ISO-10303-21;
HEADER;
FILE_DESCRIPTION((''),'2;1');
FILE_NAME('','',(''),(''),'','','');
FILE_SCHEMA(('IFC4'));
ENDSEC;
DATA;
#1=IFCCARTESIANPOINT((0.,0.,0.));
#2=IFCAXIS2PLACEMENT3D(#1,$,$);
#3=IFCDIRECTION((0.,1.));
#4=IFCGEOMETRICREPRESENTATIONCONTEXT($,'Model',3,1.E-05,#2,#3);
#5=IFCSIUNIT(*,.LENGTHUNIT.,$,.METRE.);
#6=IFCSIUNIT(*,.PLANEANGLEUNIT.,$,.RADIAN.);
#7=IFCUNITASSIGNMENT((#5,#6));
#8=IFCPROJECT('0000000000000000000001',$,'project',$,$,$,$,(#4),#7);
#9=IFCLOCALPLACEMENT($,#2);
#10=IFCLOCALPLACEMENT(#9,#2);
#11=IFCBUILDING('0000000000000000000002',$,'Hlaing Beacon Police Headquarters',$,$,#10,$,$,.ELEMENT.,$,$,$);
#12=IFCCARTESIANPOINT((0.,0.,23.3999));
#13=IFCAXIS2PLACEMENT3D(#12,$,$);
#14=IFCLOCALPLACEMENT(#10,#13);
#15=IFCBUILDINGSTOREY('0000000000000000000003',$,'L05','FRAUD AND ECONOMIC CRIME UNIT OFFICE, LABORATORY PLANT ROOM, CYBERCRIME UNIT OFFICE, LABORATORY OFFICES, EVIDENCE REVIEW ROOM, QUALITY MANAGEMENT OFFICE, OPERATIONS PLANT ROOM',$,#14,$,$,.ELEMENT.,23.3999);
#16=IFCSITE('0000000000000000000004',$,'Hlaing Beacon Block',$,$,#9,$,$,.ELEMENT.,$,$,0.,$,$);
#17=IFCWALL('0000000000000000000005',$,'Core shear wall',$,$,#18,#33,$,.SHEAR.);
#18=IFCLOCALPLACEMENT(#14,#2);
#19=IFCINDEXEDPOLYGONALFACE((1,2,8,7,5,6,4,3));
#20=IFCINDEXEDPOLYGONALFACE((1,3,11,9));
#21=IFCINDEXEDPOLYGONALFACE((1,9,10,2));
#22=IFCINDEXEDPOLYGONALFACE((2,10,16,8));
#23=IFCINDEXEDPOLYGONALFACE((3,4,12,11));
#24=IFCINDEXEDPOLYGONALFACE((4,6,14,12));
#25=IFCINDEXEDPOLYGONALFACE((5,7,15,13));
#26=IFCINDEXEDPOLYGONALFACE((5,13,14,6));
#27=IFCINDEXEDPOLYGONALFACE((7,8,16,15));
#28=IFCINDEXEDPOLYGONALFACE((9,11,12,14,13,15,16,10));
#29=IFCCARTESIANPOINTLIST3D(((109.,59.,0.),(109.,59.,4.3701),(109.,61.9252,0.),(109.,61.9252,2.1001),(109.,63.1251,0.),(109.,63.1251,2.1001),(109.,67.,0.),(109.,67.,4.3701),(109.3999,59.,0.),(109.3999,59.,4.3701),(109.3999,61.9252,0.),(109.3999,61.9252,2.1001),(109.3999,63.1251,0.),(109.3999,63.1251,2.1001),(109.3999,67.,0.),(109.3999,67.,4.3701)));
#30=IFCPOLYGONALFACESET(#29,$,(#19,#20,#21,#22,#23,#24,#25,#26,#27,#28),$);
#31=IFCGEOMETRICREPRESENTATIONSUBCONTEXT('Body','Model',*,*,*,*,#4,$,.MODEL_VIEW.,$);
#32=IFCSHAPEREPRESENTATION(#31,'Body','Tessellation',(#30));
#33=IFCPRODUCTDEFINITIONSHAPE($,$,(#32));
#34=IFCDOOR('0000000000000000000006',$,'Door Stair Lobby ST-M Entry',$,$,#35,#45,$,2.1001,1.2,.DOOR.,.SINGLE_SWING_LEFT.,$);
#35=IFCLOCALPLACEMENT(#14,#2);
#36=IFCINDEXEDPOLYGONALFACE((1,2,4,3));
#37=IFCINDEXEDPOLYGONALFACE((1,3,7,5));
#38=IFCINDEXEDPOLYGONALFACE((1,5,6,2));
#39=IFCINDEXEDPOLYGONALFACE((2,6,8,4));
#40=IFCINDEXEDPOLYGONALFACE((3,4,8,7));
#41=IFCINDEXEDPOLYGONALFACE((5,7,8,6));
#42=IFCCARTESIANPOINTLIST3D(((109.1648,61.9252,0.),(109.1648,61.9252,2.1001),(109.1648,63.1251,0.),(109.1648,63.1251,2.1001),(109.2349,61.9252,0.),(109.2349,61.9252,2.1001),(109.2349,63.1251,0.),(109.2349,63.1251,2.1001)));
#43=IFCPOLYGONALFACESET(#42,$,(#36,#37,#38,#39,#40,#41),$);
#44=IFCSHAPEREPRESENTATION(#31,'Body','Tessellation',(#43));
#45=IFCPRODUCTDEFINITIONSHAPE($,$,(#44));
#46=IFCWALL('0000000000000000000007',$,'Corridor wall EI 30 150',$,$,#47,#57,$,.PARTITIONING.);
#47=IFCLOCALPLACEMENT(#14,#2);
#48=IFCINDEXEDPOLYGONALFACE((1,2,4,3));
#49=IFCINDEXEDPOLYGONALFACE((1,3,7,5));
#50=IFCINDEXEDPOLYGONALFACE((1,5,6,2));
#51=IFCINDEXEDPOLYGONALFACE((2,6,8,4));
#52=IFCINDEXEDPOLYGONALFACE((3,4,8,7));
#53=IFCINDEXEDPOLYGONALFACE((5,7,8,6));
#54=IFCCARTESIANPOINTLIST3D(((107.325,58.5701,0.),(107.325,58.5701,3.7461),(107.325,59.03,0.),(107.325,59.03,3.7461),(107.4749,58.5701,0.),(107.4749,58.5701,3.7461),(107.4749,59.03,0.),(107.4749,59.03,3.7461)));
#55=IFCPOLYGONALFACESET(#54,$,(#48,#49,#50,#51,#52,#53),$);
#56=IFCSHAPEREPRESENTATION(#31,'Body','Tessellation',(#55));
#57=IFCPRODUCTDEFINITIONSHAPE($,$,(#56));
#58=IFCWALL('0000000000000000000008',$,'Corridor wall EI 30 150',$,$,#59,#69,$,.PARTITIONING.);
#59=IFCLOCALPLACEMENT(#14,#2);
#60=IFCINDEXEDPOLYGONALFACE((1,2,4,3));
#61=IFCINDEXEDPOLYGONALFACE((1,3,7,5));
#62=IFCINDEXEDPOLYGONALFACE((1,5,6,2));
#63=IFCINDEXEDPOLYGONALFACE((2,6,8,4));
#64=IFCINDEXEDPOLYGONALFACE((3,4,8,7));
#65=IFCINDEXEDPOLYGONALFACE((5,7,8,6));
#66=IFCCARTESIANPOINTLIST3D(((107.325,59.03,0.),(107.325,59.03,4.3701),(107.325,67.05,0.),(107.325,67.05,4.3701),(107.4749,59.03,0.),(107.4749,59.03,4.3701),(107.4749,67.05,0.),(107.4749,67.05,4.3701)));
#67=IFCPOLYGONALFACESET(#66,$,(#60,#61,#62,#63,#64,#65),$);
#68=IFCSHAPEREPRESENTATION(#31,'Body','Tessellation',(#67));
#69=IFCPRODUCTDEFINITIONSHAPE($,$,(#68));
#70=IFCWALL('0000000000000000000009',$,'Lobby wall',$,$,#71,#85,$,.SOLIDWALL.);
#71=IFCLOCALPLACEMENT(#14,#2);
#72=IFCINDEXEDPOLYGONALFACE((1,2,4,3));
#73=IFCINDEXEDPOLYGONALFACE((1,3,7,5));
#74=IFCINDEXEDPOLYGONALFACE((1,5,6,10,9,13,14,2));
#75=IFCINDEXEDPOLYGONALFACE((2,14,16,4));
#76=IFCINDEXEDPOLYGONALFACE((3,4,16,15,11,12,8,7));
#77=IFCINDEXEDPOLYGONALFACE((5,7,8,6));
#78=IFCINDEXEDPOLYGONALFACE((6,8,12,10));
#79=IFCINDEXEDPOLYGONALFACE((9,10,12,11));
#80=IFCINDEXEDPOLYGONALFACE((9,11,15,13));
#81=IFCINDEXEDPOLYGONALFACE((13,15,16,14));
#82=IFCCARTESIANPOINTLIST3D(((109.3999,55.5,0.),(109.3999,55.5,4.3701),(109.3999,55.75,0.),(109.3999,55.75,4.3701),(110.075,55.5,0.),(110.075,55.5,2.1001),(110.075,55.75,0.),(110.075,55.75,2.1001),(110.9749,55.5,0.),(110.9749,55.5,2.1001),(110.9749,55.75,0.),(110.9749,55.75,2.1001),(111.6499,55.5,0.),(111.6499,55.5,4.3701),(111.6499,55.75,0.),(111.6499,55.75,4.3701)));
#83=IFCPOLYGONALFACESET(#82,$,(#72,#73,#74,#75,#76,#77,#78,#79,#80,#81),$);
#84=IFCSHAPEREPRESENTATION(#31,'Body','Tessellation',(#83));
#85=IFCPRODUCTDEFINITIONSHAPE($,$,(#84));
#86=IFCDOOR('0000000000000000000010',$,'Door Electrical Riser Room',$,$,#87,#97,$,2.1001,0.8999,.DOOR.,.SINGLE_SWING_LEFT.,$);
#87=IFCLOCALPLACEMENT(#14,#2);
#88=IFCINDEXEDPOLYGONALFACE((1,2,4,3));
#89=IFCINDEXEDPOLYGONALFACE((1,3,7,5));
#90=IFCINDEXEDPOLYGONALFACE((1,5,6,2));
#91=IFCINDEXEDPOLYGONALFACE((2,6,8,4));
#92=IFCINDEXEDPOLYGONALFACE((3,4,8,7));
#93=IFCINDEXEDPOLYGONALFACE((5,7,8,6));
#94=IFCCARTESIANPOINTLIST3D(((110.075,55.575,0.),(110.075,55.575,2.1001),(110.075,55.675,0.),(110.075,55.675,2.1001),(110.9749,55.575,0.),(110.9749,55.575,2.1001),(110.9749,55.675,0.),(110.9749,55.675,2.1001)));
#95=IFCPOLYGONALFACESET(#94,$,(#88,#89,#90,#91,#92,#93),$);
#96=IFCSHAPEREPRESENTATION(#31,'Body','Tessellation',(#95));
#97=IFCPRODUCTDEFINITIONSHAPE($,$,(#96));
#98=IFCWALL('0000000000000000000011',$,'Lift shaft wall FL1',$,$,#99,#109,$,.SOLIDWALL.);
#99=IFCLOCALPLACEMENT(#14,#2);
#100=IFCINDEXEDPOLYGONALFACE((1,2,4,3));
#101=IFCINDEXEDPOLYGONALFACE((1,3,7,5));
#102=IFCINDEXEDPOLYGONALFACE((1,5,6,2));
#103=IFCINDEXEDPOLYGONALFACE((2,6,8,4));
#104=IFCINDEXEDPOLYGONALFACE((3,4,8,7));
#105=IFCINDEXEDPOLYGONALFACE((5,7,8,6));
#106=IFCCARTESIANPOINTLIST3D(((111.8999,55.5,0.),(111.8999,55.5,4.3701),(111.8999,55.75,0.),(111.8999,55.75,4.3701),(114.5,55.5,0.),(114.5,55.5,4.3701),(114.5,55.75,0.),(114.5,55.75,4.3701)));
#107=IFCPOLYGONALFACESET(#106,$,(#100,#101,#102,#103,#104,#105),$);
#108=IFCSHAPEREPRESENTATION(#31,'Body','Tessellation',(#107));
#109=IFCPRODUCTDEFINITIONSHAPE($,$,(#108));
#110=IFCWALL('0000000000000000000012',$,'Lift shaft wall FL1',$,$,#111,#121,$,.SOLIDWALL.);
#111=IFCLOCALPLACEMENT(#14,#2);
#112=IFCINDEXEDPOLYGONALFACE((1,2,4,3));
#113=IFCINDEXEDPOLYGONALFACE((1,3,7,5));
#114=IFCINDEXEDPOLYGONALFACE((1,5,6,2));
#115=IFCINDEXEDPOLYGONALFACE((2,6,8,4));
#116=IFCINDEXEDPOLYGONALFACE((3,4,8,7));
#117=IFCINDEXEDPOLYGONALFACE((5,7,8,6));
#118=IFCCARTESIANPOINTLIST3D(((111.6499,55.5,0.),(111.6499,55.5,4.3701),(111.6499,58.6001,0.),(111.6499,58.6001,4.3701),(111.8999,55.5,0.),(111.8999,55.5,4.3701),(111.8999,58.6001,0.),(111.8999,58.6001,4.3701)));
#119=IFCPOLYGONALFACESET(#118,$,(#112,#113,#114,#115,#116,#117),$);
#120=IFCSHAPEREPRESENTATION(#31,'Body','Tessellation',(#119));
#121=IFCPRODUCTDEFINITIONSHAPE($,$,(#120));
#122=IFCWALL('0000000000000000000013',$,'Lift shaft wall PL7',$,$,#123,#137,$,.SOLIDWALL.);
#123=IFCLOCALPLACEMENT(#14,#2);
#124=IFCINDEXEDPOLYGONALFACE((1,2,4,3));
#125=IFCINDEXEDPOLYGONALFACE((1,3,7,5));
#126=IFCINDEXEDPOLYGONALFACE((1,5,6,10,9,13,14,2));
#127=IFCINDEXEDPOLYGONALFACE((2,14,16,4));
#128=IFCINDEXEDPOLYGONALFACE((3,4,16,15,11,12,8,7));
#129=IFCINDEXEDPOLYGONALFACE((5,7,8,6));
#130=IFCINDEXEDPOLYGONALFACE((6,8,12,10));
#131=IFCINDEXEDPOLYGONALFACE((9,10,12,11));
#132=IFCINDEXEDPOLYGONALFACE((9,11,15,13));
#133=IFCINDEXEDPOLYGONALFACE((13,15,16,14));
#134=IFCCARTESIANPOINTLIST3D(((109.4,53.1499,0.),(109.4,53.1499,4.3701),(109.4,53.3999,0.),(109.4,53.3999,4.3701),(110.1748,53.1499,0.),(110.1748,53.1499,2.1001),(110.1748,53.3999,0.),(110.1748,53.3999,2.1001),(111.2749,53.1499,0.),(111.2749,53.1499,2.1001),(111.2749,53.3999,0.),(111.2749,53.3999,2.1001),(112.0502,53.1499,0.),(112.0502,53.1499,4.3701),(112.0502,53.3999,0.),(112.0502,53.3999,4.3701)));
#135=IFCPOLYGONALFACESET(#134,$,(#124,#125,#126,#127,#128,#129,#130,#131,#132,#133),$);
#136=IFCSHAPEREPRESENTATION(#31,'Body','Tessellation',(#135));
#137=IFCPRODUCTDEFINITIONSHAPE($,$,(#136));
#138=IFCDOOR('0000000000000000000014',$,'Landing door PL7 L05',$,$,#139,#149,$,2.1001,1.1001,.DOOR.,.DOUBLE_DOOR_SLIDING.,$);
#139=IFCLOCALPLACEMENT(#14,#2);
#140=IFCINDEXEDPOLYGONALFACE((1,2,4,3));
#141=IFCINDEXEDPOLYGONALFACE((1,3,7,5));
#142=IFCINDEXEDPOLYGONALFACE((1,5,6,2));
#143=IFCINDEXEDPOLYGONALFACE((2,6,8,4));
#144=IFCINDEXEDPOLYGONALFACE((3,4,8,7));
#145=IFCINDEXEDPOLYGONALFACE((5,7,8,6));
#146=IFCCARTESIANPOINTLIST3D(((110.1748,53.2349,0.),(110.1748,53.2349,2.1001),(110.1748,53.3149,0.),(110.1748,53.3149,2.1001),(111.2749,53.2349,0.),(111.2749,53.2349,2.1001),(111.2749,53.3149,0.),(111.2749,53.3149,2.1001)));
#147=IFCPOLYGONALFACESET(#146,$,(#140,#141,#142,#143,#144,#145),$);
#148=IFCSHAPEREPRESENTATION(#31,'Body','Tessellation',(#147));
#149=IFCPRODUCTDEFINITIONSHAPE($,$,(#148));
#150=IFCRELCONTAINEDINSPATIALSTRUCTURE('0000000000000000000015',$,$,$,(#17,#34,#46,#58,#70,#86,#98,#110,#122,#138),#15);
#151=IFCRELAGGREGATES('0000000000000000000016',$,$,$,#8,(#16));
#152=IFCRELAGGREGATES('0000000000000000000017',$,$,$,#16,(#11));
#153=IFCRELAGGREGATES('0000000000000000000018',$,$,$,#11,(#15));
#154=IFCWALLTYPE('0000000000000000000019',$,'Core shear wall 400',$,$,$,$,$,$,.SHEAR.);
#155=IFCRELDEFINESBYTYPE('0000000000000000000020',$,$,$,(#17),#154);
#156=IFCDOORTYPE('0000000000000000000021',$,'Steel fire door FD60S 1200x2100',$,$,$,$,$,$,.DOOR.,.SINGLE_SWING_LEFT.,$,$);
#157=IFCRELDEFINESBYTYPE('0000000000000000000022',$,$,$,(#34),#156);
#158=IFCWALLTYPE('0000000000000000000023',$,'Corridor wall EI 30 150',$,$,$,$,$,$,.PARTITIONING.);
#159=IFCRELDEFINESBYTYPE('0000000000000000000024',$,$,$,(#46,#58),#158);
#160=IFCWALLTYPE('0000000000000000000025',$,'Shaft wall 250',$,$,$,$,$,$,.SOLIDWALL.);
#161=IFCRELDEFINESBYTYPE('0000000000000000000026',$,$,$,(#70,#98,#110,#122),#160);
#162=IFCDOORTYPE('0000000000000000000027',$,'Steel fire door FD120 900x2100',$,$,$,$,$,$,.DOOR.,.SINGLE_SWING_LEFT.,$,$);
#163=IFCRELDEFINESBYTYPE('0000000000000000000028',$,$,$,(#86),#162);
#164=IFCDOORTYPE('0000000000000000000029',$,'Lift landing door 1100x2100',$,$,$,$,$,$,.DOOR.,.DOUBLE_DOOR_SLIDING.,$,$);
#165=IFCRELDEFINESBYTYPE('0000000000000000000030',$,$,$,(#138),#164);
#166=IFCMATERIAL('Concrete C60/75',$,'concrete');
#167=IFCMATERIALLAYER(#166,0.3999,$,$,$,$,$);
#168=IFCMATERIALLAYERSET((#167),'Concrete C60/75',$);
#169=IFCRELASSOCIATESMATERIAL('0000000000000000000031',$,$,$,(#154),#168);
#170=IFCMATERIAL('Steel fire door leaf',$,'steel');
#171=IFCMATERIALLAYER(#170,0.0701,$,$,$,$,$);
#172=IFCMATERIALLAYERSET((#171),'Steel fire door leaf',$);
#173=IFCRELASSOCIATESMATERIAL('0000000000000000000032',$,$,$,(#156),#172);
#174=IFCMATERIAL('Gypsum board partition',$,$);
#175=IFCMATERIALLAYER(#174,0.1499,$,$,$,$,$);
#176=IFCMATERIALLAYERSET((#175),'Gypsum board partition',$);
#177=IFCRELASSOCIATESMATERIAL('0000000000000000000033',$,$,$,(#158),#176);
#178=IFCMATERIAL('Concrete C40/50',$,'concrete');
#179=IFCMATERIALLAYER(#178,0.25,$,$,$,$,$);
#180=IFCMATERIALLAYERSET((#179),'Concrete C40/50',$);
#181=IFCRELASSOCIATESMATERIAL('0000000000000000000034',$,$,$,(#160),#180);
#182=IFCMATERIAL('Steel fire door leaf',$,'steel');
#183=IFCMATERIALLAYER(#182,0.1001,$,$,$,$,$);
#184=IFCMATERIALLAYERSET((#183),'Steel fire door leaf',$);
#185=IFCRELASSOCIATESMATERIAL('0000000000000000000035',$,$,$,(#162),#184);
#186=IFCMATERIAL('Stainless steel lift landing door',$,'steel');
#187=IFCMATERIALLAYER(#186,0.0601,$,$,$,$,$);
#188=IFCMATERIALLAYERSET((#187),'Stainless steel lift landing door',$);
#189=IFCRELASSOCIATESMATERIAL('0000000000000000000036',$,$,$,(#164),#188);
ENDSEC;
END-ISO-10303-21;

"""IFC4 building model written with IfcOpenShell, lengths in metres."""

from ifc_helpers import new_model, si_unit, direction, frame, frame_2d, origin, place, context, subcontext, project, spatial, rectangle, extrude, material, layer, layer_set, type_object, element, fill, save


model = new_model("IFC4")

# Units and contexts
model_context = context("Model", 3, precision=1e-05, world=origin(), true_north=direction((0.0, 1.0)))
body_context = subcontext(model_context, "Body", "Model", "MODEL_VIEW")
ifc_project = project(units=[si_unit("LENGTHUNIT", "METRE"), si_unit("PLANEANGLEUNIT", "RADIAN")], contexts=[model_context])

# Site, building, storey
site_placement = place(None, origin())
site = spatial("IfcSite", under=ifc_project, at=site_placement, Name="Hlaing Beacon Block", CompositionType="ELEMENT", RefElevation=0.0)
building_placement = place(site_placement, origin())
building = spatial("IfcBuilding", under=site, at=building_placement, Name="Hlaing Beacon Police Headquarters", CompositionType="ELEMENT")
storey_placement = place(building_placement, frame((0.0, 0.0, 23.3999)))
storey = spatial("IfcBuildingStorey", under=building, at=storey_placement, Name="L05", Description="FRAUD AND ECONOMIC CRIME UNIT OFFICE, LABORATORY PLANT ROOM, CYBERCRIME UNIT OFFICE, LABORATORY OFFICES, EVIDENCE REVIEW ROOM, QUALITY MANAGEMENT OFFICE, OPERATIONS PLANT ROOM", CompositionType="ELEMENT", Elevation=23.3999)

# Wall, opening, door
ifc_material_1 = material(Name="Concrete C60/75", Category="concrete")
ifc_layer_1 = layer(ifc_material_1, 0.3999)
ifc_layer_set_1 = layer_set([ifc_layer_1], Name="Concrete C60/75")
wall_type_1 = type_object("IfcWallType", Name="Core shear wall 400", PredefinedType="SHEAR", material=ifc_layer_set_1)
wall_1_placement = place(storey_placement, frame((109.2, 59.0, 0.0), z_axis=(0.0, 0.0, 1.0), x_axis=(0.0, 1.0, 0.0)))
wall_1 = element("IfcWall", 1, at=wall_1_placement, inside=storey, type_object=wall_type_1, Name="Core shear wall", PredefinedType="SHEAR", context=body_context, shape_type="SweptSolid", body=[
    extrude(rectangle(XDim=8.0, YDim=0.3999, at=frame_2d((4.0, 0.0))), origin(), (0.0, 0.0, 1.0), 4.3701),
])
opening_1_placement = place(wall_1_placement, frame((2.925, 0.0, 0.0)))
opening_1 = element("IfcOpeningElement", 2, at=opening_1_placement, cuts=wall_1, PredefinedType="OPENING", context=body_context, shape_type="SweptSolid", body=[
    extrude(rectangle(XDim=1.2, YDim=2.1001, at=frame_2d((0.6001, 1.05))), frame((0.0, 0.21, 0.0), z_axis=(0.0, -1.0, 0.0), x_axis=(1.0, 0.0, 0.0)), (0.0, 0.0, 1.0), 0.4199),
])
ifc_material_2 = material(Name="Steel fire door leaf", Category="steel")
ifc_layer_2 = layer(ifc_material_2, 0.0701)
ifc_layer_set_2 = layer_set([ifc_layer_2], Name="Steel fire door leaf")
door_type_1 = type_object("IfcDoorType", Name="Steel fire door FD60S 1200x2100", OperationType="SINGLE_SWING_LEFT", PredefinedType="DOOR", material=ifc_layer_set_2)
door_1_placement = place(opening_1_placement, frame((1.2, 0.0, 0.0), z_axis=(0.0, 0.0, 1.0), x_axis=(-1.0, 0.0, 0.0)))
door_1 = element("IfcDoor", 3, at=door_1_placement, inside=storey, type_object=door_type_1, Name="Door Stair Lobby ST-M Entry", OperationType="SINGLE_SWING_LEFT", OverallHeight=2.1001, OverallWidth=1.2, PredefinedType="DOOR", context=body_context, shape_type="SweptSolid", body=[
    extrude(rectangle(XDim=1.2, YDim=2.1001, at=frame_2d((0.5999, 1.05))), frame((0.0, 0.0349, 0.0), z_axis=(0.0, -1.0, 0.0), x_axis=(1.0, 0.0, 0.0)), (0.0, 0.0, 1.0), 0.0701),
])
fill(opening_1, door_1)

# Walls
ifc_material_3 = material(Name="Gypsum board partition")
ifc_layer_3 = layer(ifc_material_3, 0.1499)
ifc_layer_set_3 = layer_set([ifc_layer_3], Name="Gypsum board partition")
wall_type_2 = type_object("IfcWallType", Name="Corridor wall EI 30 150", PredefinedType="PARTITIONING", material=ifc_layer_set_3)
wall_2_placement = place(storey_placement, frame((107.3999, 58.5701, 0.0), z_axis=(0.0, 0.0, 1.0), x_axis=(0.0, 1.0, 0.0)))
element("IfcWall", 4, at=wall_2_placement, inside=storey, type_object=wall_type_2, Name="Corridor wall EI 30 150", PredefinedType="PARTITIONING", context=body_context, shape_type="SweptSolid", body=[
    extrude(rectangle(XDim=0.46, YDim=0.1499, at=frame_2d((0.23, 0.0))), origin(), (0.0, 0.0, 1.0), 3.7461),
])
wall_3_placement = place(storey_placement, frame((107.3999, 59.03, 0.0), z_axis=(0.0, 0.0, 1.0), x_axis=(0.0, 1.0, 0.0)))
element("IfcWall", 5, at=wall_3_placement, inside=storey, type_object=wall_type_2, Name="Corridor wall EI 30 150", PredefinedType="PARTITIONING", context=body_context, shape_type="SweptSolid", body=[
    extrude(rectangle(XDim=8.02, YDim=0.1499, at=frame_2d((4.01, 0.0))), origin(), (0.0, 0.0, 1.0), 4.3701),
])

# Wall, opening, door
ifc_material_4 = material(Name="Concrete C40/50", Category="concrete")
ifc_layer_4 = layer(ifc_material_4, 0.25)
ifc_layer_set_4 = layer_set([ifc_layer_4], Name="Concrete C40/50")
wall_type_3 = type_object("IfcWallType", Name="Shaft wall 250", PredefinedType="SOLIDWALL", material=ifc_layer_set_4)
wall_4_placement = place(storey_placement, frame((109.3999, 55.625, 0.0), z_axis=(0.0, 0.0, 1.0), x_axis=(1.0, 0.0, 0.0)))
wall_4 = element("IfcWall", 6, at=wall_4_placement, inside=storey, type_object=wall_type_3, Name="Lobby wall", PredefinedType="SOLIDWALL", context=body_context, shape_type="SweptSolid", body=[
    extrude(rectangle(XDim=2.25, YDim=0.25, at=frame_2d((1.125, 0.0))), origin(), (0.0, 0.0, 1.0), 4.3701),
])
opening_2_placement = place(wall_4_placement, frame((0.675, 0.0, 0.0)))
opening_2 = element("IfcOpeningElement", 7, at=opening_2_placement, cuts=wall_4, PredefinedType="OPENING", context=body_context, shape_type="SweptSolid", body=[
    extrude(rectangle(XDim=0.8999, YDim=2.1001, at=frame_2d((0.45, 1.05))), frame((0.0, 0.135, 0.0), z_axis=(0.0, -1.0, 0.0), x_axis=(1.0, 0.0, 0.0)), (0.0, 0.0, 1.0), 0.27),
])
ifc_material_5 = material(Name="Steel fire door leaf", Category="steel")
ifc_layer_5 = layer(ifc_material_5, 0.1001)
ifc_layer_set_5 = layer_set([ifc_layer_5], Name="Steel fire door leaf")
door_type_2 = type_object("IfcDoorType", Name="Steel fire door FD120 900x2100", OperationType="SINGLE_SWING_LEFT", PredefinedType="DOOR", material=ifc_layer_set_5)
door_2_placement = place(opening_2_placement, origin())
door_2 = element("IfcDoor", 8, at=door_2_placement, inside=storey, type_object=door_type_2, Name="Door Electrical Riser Room", OperationType="SINGLE_SWING_LEFT", OverallHeight=2.1001, OverallWidth=0.8999, PredefinedType="DOOR", context=body_context, shape_type="SweptSolid", body=[
    extrude(rectangle(XDim=0.8999, YDim=2.1001, at=frame_2d((0.45, 1.05))), frame((0.0, 0.05, 0.0), z_axis=(0.0, -1.0, 0.0), x_axis=(1.0, 0.0, 0.0)), (0.0, 0.0, 1.0), 0.1001),
])
fill(opening_2, door_2)

# Walls
wall_5_placement = place(storey_placement, frame((111.8999, 55.625, 0.0), z_axis=(0.0, 0.0, 1.0), x_axis=(1.0, 0.0, 0.0)))
element("IfcWall", 9, at=wall_5_placement, inside=storey, type_object=wall_type_3, Name="Lift shaft wall FL1", PredefinedType="SOLIDWALL", context=body_context, shape_type="SweptSolid", body=[
    extrude(rectangle(XDim=2.6001, YDim=0.25, at=frame_2d((1.3, 0.0))), origin(), (0.0, 0.0, 1.0), 4.3701),
])
wall_6_placement = place(storey_placement, frame((111.7749, 55.5, 0.0), z_axis=(0.0, 0.0, 1.0), x_axis=(0.0, 1.0, 0.0)))
element("IfcWall", 10, at=wall_6_placement, inside=storey, type_object=wall_type_3, Name="Lift shaft wall FL1", PredefinedType="SOLIDWALL", context=body_context, shape_type="SweptSolid", body=[
    extrude(rectangle(XDim=3.1001, YDim=0.25, at=frame_2d((1.55, 0.0))), origin(), (0.0, 0.0, 1.0), 4.3701),
])

# Wall, opening, door
wall_7_placement = place(storey_placement, frame((109.3999, 53.2749, 0.0), z_axis=(0.0, 0.0, 1.0), x_axis=(1.0, 0.0, 0.0)))
wall_7 = element("IfcWall", 11, at=wall_7_placement, inside=storey, type_object=wall_type_3, Name="Lift shaft wall PL7", PredefinedType="SOLIDWALL", context=body_context, shape_type="SweptSolid", body=[
    extrude(rectangle(XDim=2.6501, YDim=0.25, at=frame_2d((1.3252, 0.0))), origin(), (0.0, 0.0, 1.0), 4.3701),
])
opening_3_placement = place(wall_7_placement, frame((0.7749, 0.0, 0.0)))
opening_3 = element("IfcOpeningElement", 12, at=opening_3_placement, cuts=wall_7, PredefinedType="OPENING", context=body_context, shape_type="SweptSolid", body=[
    extrude(rectangle(XDim=1.1001, YDim=2.1001, at=frame_2d((0.55, 1.05))), frame((0.0, 0.135, 0.0), z_axis=(0.0, -1.0, 0.0), x_axis=(1.0, 0.0, 0.0)), (0.0, 0.0, 1.0), 0.27),
])
ifc_material_6 = material(Name="Stainless steel lift landing door", Category="steel")
ifc_layer_6 = layer(ifc_material_6, 0.0601)
ifc_layer_set_6 = layer_set([ifc_layer_6], Name="Stainless steel lift landing door")
door_type_3 = type_object("IfcDoorType", Name="Lift landing door 1100x2100", OperationType="DOUBLE_DOOR_SLIDING", PredefinedType="DOOR", material=ifc_layer_set_6)
door_3_placement = place(opening_3_placement, origin())
door_3 = element("IfcDoor", 13, at=door_3_placement, inside=storey, type_object=door_type_3, Name="Landing door PL7 L05", OperationType="DOUBLE_DOOR_SLIDING", OverallHeight=2.1001, OverallWidth=1.1001, PredefinedType="DOOR", context=body_context, shape_type="SweptSolid", body=[
    extrude(rectangle(XDim=1.1001, YDim=2.1001, at=frame_2d((0.55, 1.05))), frame((0.0, 0.04, 0.0), z_axis=(0.0, -1.0, 0.0), x_axis=(1.0, 0.0, 0.0)), (0.0, 0.0, 1.0), 0.0801),
])
fill(opening_3, door_3)

save(model, "model.ifc")
